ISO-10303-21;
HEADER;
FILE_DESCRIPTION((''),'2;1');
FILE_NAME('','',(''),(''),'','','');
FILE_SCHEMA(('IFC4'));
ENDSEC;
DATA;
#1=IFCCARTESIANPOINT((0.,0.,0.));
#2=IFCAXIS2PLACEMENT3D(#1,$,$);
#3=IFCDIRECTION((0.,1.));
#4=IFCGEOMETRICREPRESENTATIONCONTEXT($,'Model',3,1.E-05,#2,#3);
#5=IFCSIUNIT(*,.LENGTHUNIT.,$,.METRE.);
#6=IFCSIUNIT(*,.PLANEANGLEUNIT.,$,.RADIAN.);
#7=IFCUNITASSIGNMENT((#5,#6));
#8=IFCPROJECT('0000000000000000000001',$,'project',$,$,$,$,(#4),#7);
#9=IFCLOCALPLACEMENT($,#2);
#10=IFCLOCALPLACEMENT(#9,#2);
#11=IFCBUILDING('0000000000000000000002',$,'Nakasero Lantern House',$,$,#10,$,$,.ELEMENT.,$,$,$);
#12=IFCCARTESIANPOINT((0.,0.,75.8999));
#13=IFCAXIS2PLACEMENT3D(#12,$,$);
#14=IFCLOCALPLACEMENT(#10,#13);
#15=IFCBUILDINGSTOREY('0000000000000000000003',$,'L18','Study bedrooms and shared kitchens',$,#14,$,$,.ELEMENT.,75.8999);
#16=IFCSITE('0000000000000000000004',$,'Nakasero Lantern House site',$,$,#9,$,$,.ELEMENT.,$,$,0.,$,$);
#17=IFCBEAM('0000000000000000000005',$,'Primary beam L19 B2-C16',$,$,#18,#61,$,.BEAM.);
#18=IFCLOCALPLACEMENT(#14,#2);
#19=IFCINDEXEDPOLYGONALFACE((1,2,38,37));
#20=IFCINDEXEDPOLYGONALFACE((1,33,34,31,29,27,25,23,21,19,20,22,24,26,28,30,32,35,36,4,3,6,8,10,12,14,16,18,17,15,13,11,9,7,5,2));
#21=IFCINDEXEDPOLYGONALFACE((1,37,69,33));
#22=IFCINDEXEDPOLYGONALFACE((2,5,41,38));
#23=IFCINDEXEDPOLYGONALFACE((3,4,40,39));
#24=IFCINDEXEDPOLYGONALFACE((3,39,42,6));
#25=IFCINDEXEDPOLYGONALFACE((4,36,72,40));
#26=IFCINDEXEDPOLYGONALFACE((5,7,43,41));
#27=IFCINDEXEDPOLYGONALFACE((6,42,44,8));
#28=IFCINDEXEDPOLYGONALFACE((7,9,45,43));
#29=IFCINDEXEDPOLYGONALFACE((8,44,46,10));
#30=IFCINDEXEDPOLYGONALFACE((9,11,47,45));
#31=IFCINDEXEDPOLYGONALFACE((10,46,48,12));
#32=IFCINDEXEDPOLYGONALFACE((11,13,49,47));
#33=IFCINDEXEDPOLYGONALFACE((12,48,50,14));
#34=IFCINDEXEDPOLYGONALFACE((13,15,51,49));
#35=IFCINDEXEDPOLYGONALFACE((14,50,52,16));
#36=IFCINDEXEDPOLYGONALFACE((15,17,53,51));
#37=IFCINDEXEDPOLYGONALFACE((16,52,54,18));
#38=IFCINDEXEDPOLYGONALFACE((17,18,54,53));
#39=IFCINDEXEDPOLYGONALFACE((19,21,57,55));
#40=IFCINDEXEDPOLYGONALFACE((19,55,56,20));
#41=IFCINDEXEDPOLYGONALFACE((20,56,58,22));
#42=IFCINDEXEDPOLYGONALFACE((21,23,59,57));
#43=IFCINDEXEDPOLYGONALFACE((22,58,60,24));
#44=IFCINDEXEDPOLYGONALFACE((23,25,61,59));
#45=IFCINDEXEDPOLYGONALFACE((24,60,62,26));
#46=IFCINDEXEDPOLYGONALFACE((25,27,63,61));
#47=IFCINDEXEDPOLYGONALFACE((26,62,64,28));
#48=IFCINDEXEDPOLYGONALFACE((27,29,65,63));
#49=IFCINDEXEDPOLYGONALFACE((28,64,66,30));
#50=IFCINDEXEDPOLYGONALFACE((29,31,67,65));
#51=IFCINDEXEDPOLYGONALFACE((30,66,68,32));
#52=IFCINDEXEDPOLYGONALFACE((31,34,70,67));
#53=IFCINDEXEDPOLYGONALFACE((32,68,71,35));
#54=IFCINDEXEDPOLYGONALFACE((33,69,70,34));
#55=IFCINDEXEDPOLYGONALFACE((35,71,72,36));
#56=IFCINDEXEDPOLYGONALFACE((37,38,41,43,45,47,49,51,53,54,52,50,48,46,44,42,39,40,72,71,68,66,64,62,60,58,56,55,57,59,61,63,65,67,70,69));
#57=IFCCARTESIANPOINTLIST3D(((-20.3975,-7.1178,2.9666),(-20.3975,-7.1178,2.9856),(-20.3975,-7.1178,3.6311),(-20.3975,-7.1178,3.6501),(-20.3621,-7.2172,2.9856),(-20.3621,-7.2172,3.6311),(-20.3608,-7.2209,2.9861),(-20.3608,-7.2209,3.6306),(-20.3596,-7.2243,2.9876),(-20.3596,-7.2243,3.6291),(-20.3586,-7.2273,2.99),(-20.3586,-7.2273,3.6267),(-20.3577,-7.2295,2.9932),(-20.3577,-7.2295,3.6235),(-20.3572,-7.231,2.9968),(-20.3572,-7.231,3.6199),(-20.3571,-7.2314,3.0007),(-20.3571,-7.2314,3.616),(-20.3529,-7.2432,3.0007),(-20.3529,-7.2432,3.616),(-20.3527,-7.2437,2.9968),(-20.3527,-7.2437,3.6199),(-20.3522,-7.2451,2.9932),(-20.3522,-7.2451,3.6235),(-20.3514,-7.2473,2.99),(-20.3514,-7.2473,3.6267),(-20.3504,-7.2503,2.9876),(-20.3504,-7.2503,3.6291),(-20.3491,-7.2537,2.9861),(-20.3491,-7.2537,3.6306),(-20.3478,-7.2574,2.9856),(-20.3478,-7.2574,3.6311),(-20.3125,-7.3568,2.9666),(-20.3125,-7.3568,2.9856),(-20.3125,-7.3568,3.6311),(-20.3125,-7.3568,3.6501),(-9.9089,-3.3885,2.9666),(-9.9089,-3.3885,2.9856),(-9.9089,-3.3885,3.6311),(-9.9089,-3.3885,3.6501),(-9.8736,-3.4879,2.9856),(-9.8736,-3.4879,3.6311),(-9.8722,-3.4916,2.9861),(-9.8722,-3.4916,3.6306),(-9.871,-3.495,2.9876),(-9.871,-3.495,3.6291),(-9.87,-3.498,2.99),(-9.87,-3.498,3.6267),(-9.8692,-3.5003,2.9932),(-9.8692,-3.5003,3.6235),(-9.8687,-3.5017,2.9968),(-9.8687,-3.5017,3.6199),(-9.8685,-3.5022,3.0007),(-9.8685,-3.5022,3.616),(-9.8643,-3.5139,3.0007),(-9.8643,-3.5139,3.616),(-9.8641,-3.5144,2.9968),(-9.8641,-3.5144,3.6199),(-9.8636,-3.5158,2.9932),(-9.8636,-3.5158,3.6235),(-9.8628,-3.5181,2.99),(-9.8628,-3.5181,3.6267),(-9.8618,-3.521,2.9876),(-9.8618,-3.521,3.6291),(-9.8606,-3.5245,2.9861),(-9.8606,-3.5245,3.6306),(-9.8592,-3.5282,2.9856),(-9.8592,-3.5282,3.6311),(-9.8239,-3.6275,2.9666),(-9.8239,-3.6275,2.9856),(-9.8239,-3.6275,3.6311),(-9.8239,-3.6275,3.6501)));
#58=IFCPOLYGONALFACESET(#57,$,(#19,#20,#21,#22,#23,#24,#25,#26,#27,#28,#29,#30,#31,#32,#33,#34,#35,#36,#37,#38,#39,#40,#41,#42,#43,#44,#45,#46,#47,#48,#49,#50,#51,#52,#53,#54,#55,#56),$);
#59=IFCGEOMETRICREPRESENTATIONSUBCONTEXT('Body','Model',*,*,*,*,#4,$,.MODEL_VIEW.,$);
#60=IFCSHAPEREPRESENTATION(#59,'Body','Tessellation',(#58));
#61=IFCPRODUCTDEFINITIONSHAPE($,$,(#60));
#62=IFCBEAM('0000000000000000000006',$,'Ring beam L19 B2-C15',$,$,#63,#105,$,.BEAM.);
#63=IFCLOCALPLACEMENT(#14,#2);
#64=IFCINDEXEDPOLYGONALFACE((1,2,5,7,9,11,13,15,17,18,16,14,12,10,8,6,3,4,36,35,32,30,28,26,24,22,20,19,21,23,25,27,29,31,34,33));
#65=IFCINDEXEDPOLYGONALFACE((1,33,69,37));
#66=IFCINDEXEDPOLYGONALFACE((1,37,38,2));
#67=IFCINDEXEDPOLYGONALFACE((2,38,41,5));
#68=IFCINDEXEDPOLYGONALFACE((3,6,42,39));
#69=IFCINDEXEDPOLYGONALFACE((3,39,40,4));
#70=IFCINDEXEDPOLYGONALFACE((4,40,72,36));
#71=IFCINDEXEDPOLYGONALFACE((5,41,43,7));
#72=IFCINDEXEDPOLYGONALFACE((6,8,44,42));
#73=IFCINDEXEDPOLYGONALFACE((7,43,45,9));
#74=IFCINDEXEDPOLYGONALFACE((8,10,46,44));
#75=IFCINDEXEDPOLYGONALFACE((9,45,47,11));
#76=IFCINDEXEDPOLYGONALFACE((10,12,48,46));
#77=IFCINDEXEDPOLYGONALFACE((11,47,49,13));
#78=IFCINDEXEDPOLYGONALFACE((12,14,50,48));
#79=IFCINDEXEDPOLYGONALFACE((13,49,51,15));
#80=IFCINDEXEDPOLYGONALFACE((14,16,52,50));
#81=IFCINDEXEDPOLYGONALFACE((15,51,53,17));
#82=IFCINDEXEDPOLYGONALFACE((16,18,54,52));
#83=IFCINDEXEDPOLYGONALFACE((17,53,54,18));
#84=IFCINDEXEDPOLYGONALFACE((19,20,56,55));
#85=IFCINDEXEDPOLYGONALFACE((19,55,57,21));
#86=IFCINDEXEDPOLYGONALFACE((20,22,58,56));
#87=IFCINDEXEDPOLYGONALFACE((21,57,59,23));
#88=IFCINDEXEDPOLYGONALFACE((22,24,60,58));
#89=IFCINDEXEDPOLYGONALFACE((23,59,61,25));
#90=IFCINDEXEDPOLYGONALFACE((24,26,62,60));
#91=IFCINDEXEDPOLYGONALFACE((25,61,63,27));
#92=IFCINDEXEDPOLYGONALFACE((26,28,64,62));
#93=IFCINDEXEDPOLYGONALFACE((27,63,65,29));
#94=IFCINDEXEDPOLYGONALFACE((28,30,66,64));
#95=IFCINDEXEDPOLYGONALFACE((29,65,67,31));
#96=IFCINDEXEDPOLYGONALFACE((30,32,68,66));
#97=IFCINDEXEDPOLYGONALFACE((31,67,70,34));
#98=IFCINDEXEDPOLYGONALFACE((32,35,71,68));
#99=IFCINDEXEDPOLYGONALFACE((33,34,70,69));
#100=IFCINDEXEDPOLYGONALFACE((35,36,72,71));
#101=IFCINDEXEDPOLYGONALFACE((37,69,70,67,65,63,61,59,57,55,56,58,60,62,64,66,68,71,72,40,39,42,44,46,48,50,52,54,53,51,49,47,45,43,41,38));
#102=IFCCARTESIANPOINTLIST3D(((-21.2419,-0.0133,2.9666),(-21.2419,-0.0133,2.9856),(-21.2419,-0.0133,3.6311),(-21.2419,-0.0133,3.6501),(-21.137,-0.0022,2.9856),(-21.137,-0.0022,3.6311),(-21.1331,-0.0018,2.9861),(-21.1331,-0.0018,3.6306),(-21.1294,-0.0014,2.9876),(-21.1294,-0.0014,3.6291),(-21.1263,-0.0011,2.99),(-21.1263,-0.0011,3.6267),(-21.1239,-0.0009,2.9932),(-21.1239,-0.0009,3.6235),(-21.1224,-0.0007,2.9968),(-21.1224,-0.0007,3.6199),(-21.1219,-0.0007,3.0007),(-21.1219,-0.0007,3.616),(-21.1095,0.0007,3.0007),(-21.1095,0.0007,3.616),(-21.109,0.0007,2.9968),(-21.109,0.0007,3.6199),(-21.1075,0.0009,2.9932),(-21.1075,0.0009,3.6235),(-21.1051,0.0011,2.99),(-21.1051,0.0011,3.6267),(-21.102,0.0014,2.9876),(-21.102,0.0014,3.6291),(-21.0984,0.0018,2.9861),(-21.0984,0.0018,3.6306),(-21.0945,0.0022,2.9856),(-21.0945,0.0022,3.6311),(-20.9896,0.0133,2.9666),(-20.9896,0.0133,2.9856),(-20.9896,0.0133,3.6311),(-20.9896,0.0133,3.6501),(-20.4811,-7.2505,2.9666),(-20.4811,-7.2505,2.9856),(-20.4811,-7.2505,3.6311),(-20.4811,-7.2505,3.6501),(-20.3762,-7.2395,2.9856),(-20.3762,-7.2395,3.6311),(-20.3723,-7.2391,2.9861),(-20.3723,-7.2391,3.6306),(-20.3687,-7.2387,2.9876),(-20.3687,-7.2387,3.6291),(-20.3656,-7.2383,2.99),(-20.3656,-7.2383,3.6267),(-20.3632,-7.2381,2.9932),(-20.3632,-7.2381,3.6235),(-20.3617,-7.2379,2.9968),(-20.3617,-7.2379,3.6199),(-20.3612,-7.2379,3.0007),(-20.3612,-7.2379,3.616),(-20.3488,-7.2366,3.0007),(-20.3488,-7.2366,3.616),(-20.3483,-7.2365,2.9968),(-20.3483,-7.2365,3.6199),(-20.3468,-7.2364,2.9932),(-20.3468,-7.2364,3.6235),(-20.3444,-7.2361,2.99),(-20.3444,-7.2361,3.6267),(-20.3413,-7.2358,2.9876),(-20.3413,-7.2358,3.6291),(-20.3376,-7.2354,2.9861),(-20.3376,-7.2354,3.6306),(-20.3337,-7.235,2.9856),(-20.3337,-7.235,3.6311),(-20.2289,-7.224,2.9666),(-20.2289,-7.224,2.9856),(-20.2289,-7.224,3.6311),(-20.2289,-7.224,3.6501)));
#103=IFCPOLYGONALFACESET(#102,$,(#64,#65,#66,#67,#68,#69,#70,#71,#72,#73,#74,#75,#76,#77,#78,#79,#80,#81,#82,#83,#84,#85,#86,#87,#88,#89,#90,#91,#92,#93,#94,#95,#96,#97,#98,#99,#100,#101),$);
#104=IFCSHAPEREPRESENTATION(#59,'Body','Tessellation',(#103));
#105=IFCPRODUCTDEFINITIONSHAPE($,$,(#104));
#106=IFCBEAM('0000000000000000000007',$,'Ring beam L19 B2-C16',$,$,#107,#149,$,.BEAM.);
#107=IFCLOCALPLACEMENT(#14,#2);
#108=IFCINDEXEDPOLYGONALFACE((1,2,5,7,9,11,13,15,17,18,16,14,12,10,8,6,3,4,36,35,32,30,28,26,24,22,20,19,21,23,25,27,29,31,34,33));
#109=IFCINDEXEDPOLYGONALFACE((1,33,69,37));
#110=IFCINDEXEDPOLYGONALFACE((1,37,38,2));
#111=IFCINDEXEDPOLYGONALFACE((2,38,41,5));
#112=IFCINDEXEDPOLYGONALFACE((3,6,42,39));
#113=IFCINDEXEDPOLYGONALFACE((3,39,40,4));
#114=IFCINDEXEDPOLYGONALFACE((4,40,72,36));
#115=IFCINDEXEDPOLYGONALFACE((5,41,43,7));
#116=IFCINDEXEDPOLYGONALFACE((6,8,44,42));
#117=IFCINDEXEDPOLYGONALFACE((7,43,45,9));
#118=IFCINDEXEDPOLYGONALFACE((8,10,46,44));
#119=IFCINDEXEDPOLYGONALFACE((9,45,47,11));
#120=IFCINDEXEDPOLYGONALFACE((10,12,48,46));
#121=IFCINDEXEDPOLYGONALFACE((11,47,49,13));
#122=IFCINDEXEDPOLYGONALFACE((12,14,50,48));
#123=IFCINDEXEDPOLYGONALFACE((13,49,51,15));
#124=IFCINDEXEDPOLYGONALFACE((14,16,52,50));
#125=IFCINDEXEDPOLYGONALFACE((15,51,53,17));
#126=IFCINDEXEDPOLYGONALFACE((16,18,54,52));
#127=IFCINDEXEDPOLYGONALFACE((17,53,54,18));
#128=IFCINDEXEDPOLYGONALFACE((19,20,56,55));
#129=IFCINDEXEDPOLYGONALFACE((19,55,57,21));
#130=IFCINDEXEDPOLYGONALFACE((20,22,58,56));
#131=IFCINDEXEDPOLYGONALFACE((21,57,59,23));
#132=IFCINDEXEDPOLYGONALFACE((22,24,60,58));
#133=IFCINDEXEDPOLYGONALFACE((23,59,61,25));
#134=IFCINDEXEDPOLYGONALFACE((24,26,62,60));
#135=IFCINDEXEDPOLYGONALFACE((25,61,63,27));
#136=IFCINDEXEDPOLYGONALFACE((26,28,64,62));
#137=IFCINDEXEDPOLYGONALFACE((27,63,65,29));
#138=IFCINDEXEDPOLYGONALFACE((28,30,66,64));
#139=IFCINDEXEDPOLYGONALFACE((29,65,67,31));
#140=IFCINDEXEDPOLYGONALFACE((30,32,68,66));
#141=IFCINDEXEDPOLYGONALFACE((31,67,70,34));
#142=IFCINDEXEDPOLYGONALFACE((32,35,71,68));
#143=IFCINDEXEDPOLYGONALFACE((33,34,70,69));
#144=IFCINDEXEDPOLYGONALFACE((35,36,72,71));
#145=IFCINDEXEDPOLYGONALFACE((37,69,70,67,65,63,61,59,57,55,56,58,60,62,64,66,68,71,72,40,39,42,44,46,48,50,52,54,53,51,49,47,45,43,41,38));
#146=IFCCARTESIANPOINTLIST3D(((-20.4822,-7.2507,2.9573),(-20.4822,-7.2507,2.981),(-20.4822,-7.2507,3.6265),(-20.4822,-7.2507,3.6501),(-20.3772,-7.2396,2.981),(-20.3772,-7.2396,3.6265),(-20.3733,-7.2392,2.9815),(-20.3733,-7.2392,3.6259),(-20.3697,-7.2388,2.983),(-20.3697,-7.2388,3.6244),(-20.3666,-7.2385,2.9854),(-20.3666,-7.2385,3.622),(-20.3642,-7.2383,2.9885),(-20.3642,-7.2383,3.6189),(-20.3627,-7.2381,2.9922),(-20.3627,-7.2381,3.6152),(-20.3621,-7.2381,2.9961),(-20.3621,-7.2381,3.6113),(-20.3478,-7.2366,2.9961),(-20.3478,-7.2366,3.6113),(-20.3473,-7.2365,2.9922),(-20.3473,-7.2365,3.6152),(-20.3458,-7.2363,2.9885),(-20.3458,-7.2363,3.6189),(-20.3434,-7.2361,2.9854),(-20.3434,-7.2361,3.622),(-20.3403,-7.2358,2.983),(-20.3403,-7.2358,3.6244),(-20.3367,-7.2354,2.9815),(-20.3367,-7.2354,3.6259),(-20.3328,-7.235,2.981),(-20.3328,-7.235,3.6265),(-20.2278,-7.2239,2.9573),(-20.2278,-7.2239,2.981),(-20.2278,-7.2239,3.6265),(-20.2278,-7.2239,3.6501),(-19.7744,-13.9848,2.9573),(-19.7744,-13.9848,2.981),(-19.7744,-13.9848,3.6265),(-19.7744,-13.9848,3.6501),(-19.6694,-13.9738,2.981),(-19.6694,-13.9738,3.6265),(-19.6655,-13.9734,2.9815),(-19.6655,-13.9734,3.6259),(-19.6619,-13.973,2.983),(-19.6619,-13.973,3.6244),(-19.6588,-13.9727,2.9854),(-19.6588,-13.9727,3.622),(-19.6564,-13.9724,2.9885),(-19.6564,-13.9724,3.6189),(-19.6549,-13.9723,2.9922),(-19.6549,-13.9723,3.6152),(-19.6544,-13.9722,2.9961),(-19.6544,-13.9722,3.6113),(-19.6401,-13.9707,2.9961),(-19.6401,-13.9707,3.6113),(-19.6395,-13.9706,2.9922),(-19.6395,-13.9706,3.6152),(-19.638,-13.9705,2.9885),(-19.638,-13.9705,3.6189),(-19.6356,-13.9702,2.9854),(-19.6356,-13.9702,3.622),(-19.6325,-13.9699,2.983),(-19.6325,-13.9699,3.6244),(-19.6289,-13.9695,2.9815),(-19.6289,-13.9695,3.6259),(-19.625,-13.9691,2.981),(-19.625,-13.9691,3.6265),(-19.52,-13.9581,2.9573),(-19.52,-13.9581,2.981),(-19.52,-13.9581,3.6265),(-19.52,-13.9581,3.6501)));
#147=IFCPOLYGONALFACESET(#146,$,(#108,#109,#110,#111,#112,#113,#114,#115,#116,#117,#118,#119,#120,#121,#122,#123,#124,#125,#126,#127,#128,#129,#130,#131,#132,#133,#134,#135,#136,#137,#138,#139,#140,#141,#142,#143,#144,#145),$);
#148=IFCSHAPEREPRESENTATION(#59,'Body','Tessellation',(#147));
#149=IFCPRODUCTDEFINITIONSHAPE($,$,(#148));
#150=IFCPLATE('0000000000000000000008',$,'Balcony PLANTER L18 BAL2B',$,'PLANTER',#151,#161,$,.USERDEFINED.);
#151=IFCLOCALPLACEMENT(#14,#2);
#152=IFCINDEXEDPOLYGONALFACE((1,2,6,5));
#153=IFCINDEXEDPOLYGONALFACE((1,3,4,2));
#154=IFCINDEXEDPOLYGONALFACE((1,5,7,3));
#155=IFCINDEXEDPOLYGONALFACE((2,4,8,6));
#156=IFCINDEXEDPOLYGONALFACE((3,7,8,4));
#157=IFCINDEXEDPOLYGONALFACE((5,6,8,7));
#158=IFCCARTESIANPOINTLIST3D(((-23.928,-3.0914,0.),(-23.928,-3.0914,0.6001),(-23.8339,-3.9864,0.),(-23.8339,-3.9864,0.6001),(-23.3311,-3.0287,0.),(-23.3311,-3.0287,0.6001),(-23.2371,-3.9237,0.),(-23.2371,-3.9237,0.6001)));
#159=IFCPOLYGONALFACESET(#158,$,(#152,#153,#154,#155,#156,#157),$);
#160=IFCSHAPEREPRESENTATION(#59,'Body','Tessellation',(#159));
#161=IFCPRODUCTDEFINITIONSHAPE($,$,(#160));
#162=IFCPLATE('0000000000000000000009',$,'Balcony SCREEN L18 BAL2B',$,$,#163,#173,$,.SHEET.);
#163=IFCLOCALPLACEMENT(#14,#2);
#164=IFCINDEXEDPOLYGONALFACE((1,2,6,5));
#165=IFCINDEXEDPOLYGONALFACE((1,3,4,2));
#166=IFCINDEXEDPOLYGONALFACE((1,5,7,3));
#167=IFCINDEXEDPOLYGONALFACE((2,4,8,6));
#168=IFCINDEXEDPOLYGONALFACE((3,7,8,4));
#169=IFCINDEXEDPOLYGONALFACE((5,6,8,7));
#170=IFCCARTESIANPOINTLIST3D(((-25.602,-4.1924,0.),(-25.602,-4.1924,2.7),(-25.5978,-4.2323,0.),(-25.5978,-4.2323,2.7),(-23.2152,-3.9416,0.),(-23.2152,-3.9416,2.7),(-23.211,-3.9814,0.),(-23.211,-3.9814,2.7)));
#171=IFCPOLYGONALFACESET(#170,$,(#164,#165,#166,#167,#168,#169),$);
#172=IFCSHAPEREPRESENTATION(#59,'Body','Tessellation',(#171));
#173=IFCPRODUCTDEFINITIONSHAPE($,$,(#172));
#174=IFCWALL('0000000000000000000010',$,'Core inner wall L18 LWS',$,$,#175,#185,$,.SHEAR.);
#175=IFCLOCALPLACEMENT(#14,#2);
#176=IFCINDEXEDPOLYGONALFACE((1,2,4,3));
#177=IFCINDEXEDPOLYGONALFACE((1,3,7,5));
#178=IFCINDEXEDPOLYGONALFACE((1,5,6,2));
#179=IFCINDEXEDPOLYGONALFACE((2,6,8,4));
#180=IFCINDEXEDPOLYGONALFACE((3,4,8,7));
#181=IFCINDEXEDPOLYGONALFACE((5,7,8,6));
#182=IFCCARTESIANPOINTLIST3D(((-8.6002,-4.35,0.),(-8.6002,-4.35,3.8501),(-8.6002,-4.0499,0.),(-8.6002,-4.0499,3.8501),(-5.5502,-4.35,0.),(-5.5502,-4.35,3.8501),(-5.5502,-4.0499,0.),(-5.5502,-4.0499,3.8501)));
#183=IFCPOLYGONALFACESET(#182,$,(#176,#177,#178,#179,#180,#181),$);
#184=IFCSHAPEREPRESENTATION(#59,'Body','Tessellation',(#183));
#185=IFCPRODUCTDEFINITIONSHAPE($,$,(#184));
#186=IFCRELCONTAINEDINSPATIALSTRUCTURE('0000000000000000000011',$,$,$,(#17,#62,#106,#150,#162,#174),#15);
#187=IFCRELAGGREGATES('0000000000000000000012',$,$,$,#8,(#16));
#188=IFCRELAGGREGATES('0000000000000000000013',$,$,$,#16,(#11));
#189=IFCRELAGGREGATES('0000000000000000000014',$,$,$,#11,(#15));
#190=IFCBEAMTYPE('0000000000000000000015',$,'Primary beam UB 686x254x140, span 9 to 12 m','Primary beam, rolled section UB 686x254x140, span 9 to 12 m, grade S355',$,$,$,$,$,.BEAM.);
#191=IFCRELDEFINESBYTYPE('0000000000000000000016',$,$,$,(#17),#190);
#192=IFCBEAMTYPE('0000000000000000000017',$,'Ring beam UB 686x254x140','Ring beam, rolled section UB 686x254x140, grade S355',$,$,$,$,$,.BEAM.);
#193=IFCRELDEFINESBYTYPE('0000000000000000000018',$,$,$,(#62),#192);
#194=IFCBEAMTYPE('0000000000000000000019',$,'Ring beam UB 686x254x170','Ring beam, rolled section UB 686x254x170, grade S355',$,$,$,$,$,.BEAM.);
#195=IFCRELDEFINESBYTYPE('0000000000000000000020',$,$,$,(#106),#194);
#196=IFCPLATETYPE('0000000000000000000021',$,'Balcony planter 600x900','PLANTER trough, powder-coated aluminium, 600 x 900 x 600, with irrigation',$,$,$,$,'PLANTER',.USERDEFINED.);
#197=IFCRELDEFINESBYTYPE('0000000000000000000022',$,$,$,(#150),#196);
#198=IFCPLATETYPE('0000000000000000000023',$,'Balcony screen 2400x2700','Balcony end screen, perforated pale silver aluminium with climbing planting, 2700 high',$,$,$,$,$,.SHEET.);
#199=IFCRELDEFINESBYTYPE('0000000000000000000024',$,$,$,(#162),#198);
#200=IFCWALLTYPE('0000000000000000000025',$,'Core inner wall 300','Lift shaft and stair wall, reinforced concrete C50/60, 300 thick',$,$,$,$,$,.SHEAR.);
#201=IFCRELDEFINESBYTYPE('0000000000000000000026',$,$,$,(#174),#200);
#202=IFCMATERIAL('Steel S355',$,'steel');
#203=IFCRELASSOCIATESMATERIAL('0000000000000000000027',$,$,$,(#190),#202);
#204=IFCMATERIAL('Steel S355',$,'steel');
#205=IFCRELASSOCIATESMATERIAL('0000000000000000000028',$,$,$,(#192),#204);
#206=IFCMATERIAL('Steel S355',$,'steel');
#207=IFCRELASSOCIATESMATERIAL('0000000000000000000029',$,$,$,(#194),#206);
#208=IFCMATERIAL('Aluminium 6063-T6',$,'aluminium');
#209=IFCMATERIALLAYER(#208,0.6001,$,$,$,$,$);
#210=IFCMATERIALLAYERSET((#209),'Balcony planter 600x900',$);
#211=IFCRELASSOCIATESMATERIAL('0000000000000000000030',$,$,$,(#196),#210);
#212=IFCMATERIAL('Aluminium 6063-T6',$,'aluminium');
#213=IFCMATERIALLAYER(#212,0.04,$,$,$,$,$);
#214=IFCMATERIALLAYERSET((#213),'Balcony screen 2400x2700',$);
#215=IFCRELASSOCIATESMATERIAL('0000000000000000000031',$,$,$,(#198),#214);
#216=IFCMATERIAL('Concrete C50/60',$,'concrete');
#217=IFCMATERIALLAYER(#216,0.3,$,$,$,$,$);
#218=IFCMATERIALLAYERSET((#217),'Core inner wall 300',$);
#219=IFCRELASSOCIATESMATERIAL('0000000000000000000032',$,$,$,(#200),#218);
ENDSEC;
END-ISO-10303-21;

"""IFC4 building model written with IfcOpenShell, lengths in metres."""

from ifc_helpers import new_model, si_unit, direction, frame, frame_2d, origin, origin_2d, place, context, subcontext, project, spatial, rectangle, i_section, extrude, material, layer, layer_set, material_profile, profile_set, type_object, element, save


model = new_model("IFC4")

# Units and contexts
model_context = context("Model", 3, precision=1e-05, world=origin(), true_north=direction((0.0, 1.0)))
body_context = subcontext(model_context, "Body", "Model", "MODEL_VIEW")
ifc_project = project(units=[si_unit("LENGTHUNIT", "METRE"), si_unit("PLANEANGLEUNIT", "RADIAN")], contexts=[model_context])

# Site, building, storey
site_placement = place(None, origin())
site = spatial("IfcSite", under=ifc_project, at=site_placement, Name="Nakasero Lantern House site", CompositionType="ELEMENT", RefElevation=0.0)
building_placement = place(site_placement, origin())
building = spatial("IfcBuilding", under=site, at=building_placement, Name="Nakasero Lantern House", CompositionType="ELEMENT")
storey_placement = place(building_placement, frame((0.0, 0.0, 75.8999)))
storey = spatial("IfcBuildingStorey", under=building, at=storey_placement, Name="L18", Description="Study bedrooms and shared kitchens", CompositionType="ELEMENT", Elevation=75.8999)

# Beams
ifc_material_1 = material(Name="Steel S355", Category="steel")
ifc_material_profile_1 = material_profile(ifc_material_1, i_section(OverallWidth=0.2537, OverallDepth=0.6836, WebThickness=0.0125, FlangeThickness=0.019, FilletRadius=0.0151, at=origin_2d()), Name="UB 686x254x140")
ifc_profile_set_1 = profile_set([ifc_material_profile_1], Name="Steel S355")
beam_type_1 = type_object("IfcBeamType", Name="Primary beam UB 686x254x140, span 9 to 12 m", Description="Primary beam, rolled section UB 686x254x140, span 9 to 12 m, grade S355", PredefinedType="BEAM", material=ifc_profile_set_1)
beam_1_placement = place(storey_placement, frame((-20.355, -7.2373, 3.3083), z_axis=(0.942215, 0.335009, 0.0), x_axis=(-0.335009, 0.942215, 0.0)))
element("IfcBeam", 1, at=beam_1_placement, inside=storey, type_object=beam_type_1, Name="Primary beam L19 B2-C16", PredefinedType="BEAM", context=body_context, shape_type="SweptSolid", body=[
    extrude(i_section(OverallWidth=0.2537, OverallDepth=0.6836, WebThickness=0.0125, FlangeThickness=0.019, FilletRadius=0.0151, at=origin_2d()), origin(), (0.0, 0.0, 1.0), 11.1318),
])
ifc_material_2 = material(Name="Steel S355", Category="steel")
ifc_material_profile_2 = material_profile(ifc_material_2, i_section(OverallWidth=0.2537, OverallDepth=0.6836, WebThickness=0.0125, FlangeThickness=0.019, FilletRadius=0.0151, at=origin_2d()), Name="UB 686x254x140")
ifc_profile_set_2 = profile_set([ifc_material_profile_2], Name="Steel S355")
beam_type_2 = type_object("IfcBeamType", Name="Ring beam UB 686x254x140", Description="Ring beam, rolled section UB 686x254x140, grade S355", PredefinedType="BEAM", material=ifc_profile_set_2)
beam_2_placement = place(storey_placement, frame((-21.1157, 0.0, 3.3083), z_axis=(0.104538, -0.994521, 0.0), x_axis=(0.994521, 0.104538, 0.0)))
element("IfcBeam", 2, at=beam_2_placement, inside=storey, type_object=beam_type_2, Name="Ring beam L19 B2-C15", PredefinedType="BEAM", context=body_context, shape_type="SweptSolid", body=[
    extrude(i_section(OverallWidth=0.2537, OverallDepth=0.6836, WebThickness=0.0125, FlangeThickness=0.019, FilletRadius=0.0151, at=origin_2d()), origin(), (0.0, 0.0, 1.0), 7.2771),
])
ifc_material_3 = material(Name="Steel S355", Category="steel")
ifc_material_profile_3 = material_profile(ifc_material_3, i_section(OverallWidth=0.2559, OverallDepth=0.6929, WebThickness=0.0144, FlangeThickness=0.0237, FilletRadius=0.0151, at=origin_2d()), Name="UB 686x254x170")
ifc_profile_set_3 = profile_set([ifc_material_profile_3], Name="Steel S355")
beam_type_3 = type_object("IfcBeamType", Name="Ring beam UB 686x254x170", Description="Ring beam, rolled section UB 686x254x170, grade S355", PredefinedType="BEAM", material=ifc_profile_set_3)
beam_3_placement = place(storey_placement, frame((-20.355, -7.2373, 3.3037), z_axis=(0.104525, -0.994522, 0.0), x_axis=(0.994522, 0.104525, 0.0)))
element("IfcBeam", 3, at=beam_3_placement, inside=storey, type_object=beam_type_3, Name="Ring beam L19 B2-C16", PredefinedType="BEAM", context=body_context, shape_type="SweptSolid", body=[
    extrude(i_section(OverallWidth=0.2559, OverallDepth=0.6929, WebThickness=0.0144, FlangeThickness=0.0237, FilletRadius=0.0151, at=origin_2d()), origin(), (0.0, 0.0, 1.0), 6.7712),
])

# Plates
ifc_material_4 = material(Name="Aluminium 6063-T6", Category="aluminium")
ifc_layer_1 = layer(ifc_material_4, 0.6001)
ifc_layer_set_1 = layer_set([ifc_layer_1], Name="Balcony planter 600x900")
plate_type_1 = type_object("IfcPlateType", Name="Balcony planter 600x900", Description="PLANTER trough, powder-coated aluminium, 600 x 900 x 600, with irrigation", ElementType="PLANTER", PredefinedType="USERDEFINED", material=ifc_layer_set_1)
plate_1_placement = place(storey_placement, frame((-23.5825, -3.5076, 0.0), z_axis=(0.0, 0.0, 1.0), x_axis=(-0.994522, -0.104528, 0.0)))
element("IfcPlate", 4, at=plate_1_placement, inside=storey, type_object=plate_type_1, Name="Balcony PLANTER L18 BAL2B", ObjectType="PLANTER", PredefinedType="USERDEFINED", context=body_context, shape_type="SweptSolid", body=[
    extrude(rectangle(XDim=0.6001, YDim=0.8999, at=origin_2d()), origin(), (0.0, 0.0, 1.0), 0.6001),
])
ifc_material_5 = material(Name="Aluminium 6063-T6", Category="aluminium")
ifc_layer_2 = layer(ifc_material_5, 0.04)
ifc_layer_set_2 = layer_set([ifc_layer_2], Name="Balcony screen 2400x2700")
plate_type_2 = type_object("IfcPlateType", Name="Balcony screen 2400x2700", Description="Balcony end screen, perforated pale silver aluminium with climbing planting, 2700 high", PredefinedType="SHEET", material=ifc_layer_set_2)
plate_2_placement = place(storey_placement, frame((-24.4065, -4.0869, 0.0), z_axis=(0.0, 0.0, 1.0), x_axis=(-0.994522, -0.104528, 0.0)))
element("IfcPlate", 5, at=plate_2_placement, inside=storey, type_object=plate_type_2, Name="Balcony SCREEN L18 BAL2B", PredefinedType="SHEET", context=body_context, shape_type="SweptSolid", body=[
    extrude(rectangle(XDim=2.3999, YDim=0.04, at=origin_2d()), origin(), (0.0, 0.0, 1.0), 2.7),
])

# Wall
ifc_material_6 = material(Name="Concrete C50/60", Category="concrete")
ifc_layer_3 = layer(ifc_material_6, 0.3)
ifc_layer_set_3 = layer_set([ifc_layer_3], Name="Core inner wall 300")
wall_type_1 = type_object("IfcWallType", Name="Core inner wall 300", Description="Lift shaft and stair wall, reinforced concrete C50/60, 300 thick", PredefinedType="SHEAR", material=ifc_layer_set_3)
wall_1_placement = place(storey_placement, frame((-8.6001, -4.2, 0.0), z_axis=(0.0, 0.0, 1.0), x_axis=(1.0, 0.0, 0.0)))
element("IfcWall", 6, at=wall_1_placement, inside=storey, type_object=wall_type_1, Name="Core inner wall L18 LWS", PredefinedType="SHEAR", context=body_context, shape_type="SweptSolid", body=[
    extrude(rectangle(XDim=3.05, YDim=0.3, at=frame_2d((1.5249, 0.0))), origin(), (0.0, 0.0, 1.0), 3.8501),
])

save(model, "model.ifc")
